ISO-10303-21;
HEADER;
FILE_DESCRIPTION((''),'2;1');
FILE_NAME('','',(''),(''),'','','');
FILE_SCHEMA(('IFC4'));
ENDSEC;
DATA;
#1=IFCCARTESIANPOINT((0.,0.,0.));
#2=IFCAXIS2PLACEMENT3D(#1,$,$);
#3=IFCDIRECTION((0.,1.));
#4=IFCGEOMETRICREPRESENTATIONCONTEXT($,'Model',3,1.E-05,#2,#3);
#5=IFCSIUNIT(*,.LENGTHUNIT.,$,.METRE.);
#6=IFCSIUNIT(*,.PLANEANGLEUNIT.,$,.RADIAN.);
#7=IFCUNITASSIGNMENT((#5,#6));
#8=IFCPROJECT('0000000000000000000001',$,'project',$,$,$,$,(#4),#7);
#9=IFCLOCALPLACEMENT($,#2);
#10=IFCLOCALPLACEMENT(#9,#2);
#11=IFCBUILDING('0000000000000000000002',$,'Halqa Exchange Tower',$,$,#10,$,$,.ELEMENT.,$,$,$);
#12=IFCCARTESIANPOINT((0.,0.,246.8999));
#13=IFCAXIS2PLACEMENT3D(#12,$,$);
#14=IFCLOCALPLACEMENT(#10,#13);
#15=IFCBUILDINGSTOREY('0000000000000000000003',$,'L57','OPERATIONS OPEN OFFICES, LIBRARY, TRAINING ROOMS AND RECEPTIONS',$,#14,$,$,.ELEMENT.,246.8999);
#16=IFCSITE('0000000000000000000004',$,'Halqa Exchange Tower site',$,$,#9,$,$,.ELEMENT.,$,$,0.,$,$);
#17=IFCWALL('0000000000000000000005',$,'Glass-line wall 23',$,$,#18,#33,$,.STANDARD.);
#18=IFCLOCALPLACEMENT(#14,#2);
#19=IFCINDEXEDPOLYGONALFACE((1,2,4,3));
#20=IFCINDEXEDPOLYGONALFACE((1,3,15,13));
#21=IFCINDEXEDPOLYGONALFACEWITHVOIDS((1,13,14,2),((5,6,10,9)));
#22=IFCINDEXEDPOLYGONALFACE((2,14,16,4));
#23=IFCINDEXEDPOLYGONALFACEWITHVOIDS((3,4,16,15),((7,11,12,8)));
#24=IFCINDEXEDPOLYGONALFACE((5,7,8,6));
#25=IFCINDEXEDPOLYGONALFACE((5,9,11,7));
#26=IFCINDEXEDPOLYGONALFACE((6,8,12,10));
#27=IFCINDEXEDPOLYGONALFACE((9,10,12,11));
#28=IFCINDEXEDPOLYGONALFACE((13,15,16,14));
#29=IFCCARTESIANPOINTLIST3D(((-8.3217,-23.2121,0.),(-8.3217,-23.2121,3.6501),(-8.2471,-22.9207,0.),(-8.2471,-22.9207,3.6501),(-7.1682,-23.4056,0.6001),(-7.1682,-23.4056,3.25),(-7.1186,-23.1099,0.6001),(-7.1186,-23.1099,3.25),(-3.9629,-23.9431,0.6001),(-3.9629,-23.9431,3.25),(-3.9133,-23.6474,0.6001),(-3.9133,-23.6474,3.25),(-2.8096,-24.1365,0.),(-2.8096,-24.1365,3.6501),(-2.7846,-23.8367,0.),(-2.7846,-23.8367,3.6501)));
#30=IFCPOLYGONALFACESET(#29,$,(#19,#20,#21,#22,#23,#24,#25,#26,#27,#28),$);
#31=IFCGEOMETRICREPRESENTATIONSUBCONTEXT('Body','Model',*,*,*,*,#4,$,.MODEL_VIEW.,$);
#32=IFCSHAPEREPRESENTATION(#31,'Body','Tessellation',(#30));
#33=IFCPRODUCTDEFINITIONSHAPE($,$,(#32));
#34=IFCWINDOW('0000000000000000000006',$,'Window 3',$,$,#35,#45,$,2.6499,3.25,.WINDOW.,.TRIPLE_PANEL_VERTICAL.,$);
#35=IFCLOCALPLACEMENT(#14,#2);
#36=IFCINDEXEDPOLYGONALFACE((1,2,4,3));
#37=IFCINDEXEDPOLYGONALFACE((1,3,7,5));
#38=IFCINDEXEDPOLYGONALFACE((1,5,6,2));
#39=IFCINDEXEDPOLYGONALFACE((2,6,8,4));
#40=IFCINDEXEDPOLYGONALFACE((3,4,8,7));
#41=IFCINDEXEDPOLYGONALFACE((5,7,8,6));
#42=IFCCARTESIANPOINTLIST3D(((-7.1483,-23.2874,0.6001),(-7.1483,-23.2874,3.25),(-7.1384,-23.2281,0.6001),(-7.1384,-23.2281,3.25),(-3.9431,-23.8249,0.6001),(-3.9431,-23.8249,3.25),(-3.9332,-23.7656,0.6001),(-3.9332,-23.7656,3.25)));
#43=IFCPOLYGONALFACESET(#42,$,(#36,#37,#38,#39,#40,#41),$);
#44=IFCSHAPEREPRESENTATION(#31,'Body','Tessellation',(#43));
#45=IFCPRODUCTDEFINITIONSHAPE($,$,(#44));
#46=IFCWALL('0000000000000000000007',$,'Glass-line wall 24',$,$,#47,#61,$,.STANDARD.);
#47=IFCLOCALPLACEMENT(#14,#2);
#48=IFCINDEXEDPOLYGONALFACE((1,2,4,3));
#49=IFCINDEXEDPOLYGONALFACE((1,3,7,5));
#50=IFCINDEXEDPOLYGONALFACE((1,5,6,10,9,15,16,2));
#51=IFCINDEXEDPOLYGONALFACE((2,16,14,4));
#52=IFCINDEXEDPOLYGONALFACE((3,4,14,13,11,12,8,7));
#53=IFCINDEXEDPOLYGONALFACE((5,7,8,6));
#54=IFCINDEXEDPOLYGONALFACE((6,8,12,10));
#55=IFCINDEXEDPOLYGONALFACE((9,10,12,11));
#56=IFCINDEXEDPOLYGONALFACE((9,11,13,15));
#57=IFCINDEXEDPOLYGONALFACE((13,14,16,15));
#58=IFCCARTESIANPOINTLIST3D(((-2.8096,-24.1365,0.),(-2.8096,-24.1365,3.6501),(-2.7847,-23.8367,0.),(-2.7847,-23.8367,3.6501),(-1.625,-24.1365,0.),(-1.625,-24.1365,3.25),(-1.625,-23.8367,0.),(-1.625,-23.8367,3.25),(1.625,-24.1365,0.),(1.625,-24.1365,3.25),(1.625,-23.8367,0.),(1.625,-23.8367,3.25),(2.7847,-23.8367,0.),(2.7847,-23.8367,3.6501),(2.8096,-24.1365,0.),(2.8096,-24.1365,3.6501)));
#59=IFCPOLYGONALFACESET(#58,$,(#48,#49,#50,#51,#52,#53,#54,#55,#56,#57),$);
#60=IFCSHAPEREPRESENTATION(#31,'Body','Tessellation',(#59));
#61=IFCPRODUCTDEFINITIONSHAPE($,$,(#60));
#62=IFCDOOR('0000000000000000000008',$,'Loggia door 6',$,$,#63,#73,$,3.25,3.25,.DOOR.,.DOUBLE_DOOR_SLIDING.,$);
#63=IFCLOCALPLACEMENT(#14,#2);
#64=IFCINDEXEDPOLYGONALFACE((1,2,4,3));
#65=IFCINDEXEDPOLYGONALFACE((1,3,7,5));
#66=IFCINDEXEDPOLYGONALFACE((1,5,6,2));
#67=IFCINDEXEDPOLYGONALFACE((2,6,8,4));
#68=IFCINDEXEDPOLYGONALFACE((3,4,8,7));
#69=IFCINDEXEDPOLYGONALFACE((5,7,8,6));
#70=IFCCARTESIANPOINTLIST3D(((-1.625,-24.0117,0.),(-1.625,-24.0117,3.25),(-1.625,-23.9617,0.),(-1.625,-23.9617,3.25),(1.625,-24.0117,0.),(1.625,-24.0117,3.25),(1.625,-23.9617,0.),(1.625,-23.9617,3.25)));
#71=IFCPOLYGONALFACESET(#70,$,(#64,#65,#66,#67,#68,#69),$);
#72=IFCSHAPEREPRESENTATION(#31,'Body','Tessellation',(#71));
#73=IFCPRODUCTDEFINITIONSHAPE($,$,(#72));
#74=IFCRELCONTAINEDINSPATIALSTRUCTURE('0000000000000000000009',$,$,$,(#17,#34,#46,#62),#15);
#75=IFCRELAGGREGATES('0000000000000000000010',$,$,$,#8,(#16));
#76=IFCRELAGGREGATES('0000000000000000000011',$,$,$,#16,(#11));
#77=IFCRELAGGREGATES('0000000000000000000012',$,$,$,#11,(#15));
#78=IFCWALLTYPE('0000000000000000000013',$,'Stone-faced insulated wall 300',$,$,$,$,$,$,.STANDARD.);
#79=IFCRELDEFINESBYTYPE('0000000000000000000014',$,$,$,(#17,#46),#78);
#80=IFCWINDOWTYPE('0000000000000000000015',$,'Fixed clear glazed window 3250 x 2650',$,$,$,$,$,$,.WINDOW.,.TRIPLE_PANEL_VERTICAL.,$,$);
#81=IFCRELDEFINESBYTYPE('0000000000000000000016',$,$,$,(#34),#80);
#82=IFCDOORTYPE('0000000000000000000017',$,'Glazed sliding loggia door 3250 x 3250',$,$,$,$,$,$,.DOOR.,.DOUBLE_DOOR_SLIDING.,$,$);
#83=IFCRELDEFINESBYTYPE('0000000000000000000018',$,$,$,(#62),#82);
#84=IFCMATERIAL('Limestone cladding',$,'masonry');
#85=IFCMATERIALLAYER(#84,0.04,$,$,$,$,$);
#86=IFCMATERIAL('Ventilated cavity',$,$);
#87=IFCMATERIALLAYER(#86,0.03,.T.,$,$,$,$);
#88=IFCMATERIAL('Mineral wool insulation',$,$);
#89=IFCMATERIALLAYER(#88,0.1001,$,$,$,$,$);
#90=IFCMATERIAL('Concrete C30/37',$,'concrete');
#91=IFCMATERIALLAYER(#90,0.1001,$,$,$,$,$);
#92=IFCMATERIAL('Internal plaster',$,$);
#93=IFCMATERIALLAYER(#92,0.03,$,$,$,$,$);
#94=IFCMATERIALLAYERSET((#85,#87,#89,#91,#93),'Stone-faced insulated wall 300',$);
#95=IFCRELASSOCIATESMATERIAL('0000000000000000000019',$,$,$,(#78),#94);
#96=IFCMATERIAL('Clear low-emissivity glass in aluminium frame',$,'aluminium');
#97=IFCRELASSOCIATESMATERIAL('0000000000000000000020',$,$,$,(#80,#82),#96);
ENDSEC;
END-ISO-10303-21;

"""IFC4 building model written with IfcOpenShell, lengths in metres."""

from ifc_helpers import new_model, si_unit, direction, frame, frame_2d, origin, place, context, subcontext, project, spatial, polyline, rectangle, outline, extrude, material, layer, layer_set, type_object, element, fill, save


model = new_model("IFC4")

# Units and contexts
model_context = context("Model", 3, precision=1e-05, world=origin(), true_north=direction((0.0, 1.0)))
body_context = subcontext(model_context, "Body", "Model", "MODEL_VIEW")
ifc_project = project(units=[si_unit("LENGTHUNIT", "METRE"), si_unit("PLANEANGLEUNIT", "RADIAN")], contexts=[model_context])

# Site, building, storey
site_placement = place(None, origin())
site = spatial("IfcSite", under=ifc_project, at=site_placement, Name="Halqa Exchange Tower site", CompositionType="ELEMENT", RefElevation=0.0)
building_placement = place(site_placement, origin())
building = spatial("IfcBuilding", under=site, at=building_placement, Name="Halqa Exchange Tower", CompositionType="ELEMENT")
storey_placement = place(building_placement, frame((0.0, 0.0, 246.8999)))
storey = spatial("IfcBuildingStorey", under=building, at=storey_placement, Name="L57", Description="OPERATIONS OPEN OFFICES, LIBRARY, TRAINING ROOMS AND RECEPTIONS", CompositionType="ELEMENT", Elevation=246.8999)

# Shared definitions
ifc_material_1 = material(Name="Concrete C30/37", Category="concrete")

# Wall, opening, window
ifc_material_2 = material(Name="Limestone cladding", Category="masonry")
ifc_layer_1 = layer(ifc_material_2, 0.04)
ifc_material_3 = material(Name="Ventilated cavity")
ifc_layer_2 = layer(ifc_material_3, 0.03, ventilated=True)
ifc_material_4 = material(Name="Mineral wool insulation")
ifc_layer_3 = layer(ifc_material_4, 0.1001)
ifc_layer_4 = layer(ifc_material_1, 0.1001)
ifc_material_5 = material(Name="Internal plaster")
ifc_layer_5 = layer(ifc_material_5, 0.03)
ifc_layer_set_1 = layer_set([ifc_layer_1, ifc_layer_2, ifc_layer_3, ifc_layer_4, ifc_layer_5], Name="Stone-faced insulated wall 300")
wall_type_1 = type_object("IfcWallType", Name="Stone-faced insulated wall 300", PredefinedType="STANDARD", material=ifc_layer_set_1)
wall_1_placement = place(storey_placement, frame((-8.2844, -23.0664, 0.0), z_axis=(0.0, 0.0, 1.0), x_axis=(0.98623, -0.165381, 0.0)))
wall_1 = element("IfcWall", 1, at=wall_1_placement, inside=storey, type_object=wall_type_1, Name="Glass-line wall 23", PredefinedType="STANDARD", context=body_context, shape_type="SweptSolid", body=[
    extrude(outline(polyline([(-0.0127, -0.1499), (5.5764, -0.1499), (5.5515, 0.1499), (0.0127, 0.1499), (-0.0127, -0.1499)])), origin(), (0.0, 0.0, 1.0), 3.6501),
])
opening_1_placement = place(wall_1_placement, frame((1.157, 0.0, 0.6001)))
opening_1 = element("IfcOpeningElement", 2, at=opening_1_placement, cuts=wall_1, PredefinedType="OPENING", context=body_context, shape_type="SweptSolid", body=[
    extrude(rectangle(XDim=3.25, YDim=2.6499, at=frame_2d((1.625, 1.325))), frame((0.0, 0.1621, 0.0), z_axis=(0.0, -1.0, 0.0), x_axis=(1.0, 0.0, 0.0)), (0.0, 0.0, 1.0), 0.324),
])
ifc_material_6 = material(Name="Clear low-emissivity glass in aluminium frame", Category="aluminium")
window_type = type_object("IfcWindowType", Name="Fixed clear glazed window 3250 x 2650", PartitioningType="TRIPLE_PANEL_VERTICAL", PredefinedType="WINDOW", material=ifc_material_6)
window_placement = place(opening_1_placement, origin())
window = element("IfcWindow", 3, at=window_placement, inside=storey, type_object=window_type, Name="Window 3", OverallHeight=2.6499, OverallWidth=3.25, PartitioningType="TRIPLE_PANEL_VERTICAL", PredefinedType="WINDOW", context=body_context, shape_type="SweptSolid", body=[
    extrude(rectangle(XDim=3.25, YDim=2.6499, at=frame_2d((1.625, 1.325))), frame((0.0, 0.03, 0.0), z_axis=(0.0, -1.0, 0.0), x_axis=(1.0, 0.0, 0.0)), (0.0, 0.0, 1.0), 0.0601),
])
fill(opening_1, window)

# Wall, opening, door
wall_2_placement = place(storey_placement, frame((-2.7971, -23.9866, 0.0), z_axis=(0.0, 0.0, 1.0), x_axis=(1.0, 0.0, 0.0)))
wall_2 = element("IfcWall", 4, at=wall_2_placement, inside=storey, type_object=wall_type_1, Name="Glass-line wall 24", PredefinedType="STANDARD", context=body_context, shape_type="SweptSolid", body=[
    extrude(outline(polyline([(-0.0125, -0.1499), (5.6067, -0.1499), (5.5818, 0.1499), (0.0125, 0.1499), (-0.0125, -0.1499)])), origin(), (0.0, 0.0, 1.0), 3.6501),
])
opening_2_placement = place(wall_2_placement, frame((1.1721, 0.0, 0.0)))
opening_2 = element("IfcOpeningElement", 5, at=opening_2_placement, cuts=wall_2, PredefinedType="OPENING", context=body_context, shape_type="SweptSolid", body=[
    extrude(rectangle(XDim=3.25, YDim=3.25, at=frame_2d((1.625, 1.625))), frame((0.0, 0.1621, 0.0), z_axis=(0.0, -1.0, 0.0), x_axis=(1.0, 0.0, 0.0)), (0.0, 0.0, 1.0), 0.324),
])
door_type = type_object("IfcDoorType", Name="Glazed sliding loggia door 3250 x 3250", OperationType="DOUBLE_DOOR_SLIDING", PredefinedType="DOOR", material=ifc_material_6)
door_placement = place(opening_2_placement, origin())
door = element("IfcDoor", 6, at=door_placement, inside=storey, type_object=door_type, Name="Loggia door 6", OperationType="DOUBLE_DOOR_SLIDING", OverallHeight=3.25, OverallWidth=3.25, PredefinedType="DOOR", context=body_context, shape_type="SweptSolid", body=[
    extrude(rectangle(XDim=3.25, YDim=3.25, at=frame_2d((1.625, 1.625))), frame((0.0, 0.0249, 0.0), z_axis=(0.0, -1.0, 0.0), x_axis=(1.0, 0.0, 0.0)), (0.0, 0.0, 1.0), 0.05),
])
fill(opening_2, door)

save(model, "model.ifc")
